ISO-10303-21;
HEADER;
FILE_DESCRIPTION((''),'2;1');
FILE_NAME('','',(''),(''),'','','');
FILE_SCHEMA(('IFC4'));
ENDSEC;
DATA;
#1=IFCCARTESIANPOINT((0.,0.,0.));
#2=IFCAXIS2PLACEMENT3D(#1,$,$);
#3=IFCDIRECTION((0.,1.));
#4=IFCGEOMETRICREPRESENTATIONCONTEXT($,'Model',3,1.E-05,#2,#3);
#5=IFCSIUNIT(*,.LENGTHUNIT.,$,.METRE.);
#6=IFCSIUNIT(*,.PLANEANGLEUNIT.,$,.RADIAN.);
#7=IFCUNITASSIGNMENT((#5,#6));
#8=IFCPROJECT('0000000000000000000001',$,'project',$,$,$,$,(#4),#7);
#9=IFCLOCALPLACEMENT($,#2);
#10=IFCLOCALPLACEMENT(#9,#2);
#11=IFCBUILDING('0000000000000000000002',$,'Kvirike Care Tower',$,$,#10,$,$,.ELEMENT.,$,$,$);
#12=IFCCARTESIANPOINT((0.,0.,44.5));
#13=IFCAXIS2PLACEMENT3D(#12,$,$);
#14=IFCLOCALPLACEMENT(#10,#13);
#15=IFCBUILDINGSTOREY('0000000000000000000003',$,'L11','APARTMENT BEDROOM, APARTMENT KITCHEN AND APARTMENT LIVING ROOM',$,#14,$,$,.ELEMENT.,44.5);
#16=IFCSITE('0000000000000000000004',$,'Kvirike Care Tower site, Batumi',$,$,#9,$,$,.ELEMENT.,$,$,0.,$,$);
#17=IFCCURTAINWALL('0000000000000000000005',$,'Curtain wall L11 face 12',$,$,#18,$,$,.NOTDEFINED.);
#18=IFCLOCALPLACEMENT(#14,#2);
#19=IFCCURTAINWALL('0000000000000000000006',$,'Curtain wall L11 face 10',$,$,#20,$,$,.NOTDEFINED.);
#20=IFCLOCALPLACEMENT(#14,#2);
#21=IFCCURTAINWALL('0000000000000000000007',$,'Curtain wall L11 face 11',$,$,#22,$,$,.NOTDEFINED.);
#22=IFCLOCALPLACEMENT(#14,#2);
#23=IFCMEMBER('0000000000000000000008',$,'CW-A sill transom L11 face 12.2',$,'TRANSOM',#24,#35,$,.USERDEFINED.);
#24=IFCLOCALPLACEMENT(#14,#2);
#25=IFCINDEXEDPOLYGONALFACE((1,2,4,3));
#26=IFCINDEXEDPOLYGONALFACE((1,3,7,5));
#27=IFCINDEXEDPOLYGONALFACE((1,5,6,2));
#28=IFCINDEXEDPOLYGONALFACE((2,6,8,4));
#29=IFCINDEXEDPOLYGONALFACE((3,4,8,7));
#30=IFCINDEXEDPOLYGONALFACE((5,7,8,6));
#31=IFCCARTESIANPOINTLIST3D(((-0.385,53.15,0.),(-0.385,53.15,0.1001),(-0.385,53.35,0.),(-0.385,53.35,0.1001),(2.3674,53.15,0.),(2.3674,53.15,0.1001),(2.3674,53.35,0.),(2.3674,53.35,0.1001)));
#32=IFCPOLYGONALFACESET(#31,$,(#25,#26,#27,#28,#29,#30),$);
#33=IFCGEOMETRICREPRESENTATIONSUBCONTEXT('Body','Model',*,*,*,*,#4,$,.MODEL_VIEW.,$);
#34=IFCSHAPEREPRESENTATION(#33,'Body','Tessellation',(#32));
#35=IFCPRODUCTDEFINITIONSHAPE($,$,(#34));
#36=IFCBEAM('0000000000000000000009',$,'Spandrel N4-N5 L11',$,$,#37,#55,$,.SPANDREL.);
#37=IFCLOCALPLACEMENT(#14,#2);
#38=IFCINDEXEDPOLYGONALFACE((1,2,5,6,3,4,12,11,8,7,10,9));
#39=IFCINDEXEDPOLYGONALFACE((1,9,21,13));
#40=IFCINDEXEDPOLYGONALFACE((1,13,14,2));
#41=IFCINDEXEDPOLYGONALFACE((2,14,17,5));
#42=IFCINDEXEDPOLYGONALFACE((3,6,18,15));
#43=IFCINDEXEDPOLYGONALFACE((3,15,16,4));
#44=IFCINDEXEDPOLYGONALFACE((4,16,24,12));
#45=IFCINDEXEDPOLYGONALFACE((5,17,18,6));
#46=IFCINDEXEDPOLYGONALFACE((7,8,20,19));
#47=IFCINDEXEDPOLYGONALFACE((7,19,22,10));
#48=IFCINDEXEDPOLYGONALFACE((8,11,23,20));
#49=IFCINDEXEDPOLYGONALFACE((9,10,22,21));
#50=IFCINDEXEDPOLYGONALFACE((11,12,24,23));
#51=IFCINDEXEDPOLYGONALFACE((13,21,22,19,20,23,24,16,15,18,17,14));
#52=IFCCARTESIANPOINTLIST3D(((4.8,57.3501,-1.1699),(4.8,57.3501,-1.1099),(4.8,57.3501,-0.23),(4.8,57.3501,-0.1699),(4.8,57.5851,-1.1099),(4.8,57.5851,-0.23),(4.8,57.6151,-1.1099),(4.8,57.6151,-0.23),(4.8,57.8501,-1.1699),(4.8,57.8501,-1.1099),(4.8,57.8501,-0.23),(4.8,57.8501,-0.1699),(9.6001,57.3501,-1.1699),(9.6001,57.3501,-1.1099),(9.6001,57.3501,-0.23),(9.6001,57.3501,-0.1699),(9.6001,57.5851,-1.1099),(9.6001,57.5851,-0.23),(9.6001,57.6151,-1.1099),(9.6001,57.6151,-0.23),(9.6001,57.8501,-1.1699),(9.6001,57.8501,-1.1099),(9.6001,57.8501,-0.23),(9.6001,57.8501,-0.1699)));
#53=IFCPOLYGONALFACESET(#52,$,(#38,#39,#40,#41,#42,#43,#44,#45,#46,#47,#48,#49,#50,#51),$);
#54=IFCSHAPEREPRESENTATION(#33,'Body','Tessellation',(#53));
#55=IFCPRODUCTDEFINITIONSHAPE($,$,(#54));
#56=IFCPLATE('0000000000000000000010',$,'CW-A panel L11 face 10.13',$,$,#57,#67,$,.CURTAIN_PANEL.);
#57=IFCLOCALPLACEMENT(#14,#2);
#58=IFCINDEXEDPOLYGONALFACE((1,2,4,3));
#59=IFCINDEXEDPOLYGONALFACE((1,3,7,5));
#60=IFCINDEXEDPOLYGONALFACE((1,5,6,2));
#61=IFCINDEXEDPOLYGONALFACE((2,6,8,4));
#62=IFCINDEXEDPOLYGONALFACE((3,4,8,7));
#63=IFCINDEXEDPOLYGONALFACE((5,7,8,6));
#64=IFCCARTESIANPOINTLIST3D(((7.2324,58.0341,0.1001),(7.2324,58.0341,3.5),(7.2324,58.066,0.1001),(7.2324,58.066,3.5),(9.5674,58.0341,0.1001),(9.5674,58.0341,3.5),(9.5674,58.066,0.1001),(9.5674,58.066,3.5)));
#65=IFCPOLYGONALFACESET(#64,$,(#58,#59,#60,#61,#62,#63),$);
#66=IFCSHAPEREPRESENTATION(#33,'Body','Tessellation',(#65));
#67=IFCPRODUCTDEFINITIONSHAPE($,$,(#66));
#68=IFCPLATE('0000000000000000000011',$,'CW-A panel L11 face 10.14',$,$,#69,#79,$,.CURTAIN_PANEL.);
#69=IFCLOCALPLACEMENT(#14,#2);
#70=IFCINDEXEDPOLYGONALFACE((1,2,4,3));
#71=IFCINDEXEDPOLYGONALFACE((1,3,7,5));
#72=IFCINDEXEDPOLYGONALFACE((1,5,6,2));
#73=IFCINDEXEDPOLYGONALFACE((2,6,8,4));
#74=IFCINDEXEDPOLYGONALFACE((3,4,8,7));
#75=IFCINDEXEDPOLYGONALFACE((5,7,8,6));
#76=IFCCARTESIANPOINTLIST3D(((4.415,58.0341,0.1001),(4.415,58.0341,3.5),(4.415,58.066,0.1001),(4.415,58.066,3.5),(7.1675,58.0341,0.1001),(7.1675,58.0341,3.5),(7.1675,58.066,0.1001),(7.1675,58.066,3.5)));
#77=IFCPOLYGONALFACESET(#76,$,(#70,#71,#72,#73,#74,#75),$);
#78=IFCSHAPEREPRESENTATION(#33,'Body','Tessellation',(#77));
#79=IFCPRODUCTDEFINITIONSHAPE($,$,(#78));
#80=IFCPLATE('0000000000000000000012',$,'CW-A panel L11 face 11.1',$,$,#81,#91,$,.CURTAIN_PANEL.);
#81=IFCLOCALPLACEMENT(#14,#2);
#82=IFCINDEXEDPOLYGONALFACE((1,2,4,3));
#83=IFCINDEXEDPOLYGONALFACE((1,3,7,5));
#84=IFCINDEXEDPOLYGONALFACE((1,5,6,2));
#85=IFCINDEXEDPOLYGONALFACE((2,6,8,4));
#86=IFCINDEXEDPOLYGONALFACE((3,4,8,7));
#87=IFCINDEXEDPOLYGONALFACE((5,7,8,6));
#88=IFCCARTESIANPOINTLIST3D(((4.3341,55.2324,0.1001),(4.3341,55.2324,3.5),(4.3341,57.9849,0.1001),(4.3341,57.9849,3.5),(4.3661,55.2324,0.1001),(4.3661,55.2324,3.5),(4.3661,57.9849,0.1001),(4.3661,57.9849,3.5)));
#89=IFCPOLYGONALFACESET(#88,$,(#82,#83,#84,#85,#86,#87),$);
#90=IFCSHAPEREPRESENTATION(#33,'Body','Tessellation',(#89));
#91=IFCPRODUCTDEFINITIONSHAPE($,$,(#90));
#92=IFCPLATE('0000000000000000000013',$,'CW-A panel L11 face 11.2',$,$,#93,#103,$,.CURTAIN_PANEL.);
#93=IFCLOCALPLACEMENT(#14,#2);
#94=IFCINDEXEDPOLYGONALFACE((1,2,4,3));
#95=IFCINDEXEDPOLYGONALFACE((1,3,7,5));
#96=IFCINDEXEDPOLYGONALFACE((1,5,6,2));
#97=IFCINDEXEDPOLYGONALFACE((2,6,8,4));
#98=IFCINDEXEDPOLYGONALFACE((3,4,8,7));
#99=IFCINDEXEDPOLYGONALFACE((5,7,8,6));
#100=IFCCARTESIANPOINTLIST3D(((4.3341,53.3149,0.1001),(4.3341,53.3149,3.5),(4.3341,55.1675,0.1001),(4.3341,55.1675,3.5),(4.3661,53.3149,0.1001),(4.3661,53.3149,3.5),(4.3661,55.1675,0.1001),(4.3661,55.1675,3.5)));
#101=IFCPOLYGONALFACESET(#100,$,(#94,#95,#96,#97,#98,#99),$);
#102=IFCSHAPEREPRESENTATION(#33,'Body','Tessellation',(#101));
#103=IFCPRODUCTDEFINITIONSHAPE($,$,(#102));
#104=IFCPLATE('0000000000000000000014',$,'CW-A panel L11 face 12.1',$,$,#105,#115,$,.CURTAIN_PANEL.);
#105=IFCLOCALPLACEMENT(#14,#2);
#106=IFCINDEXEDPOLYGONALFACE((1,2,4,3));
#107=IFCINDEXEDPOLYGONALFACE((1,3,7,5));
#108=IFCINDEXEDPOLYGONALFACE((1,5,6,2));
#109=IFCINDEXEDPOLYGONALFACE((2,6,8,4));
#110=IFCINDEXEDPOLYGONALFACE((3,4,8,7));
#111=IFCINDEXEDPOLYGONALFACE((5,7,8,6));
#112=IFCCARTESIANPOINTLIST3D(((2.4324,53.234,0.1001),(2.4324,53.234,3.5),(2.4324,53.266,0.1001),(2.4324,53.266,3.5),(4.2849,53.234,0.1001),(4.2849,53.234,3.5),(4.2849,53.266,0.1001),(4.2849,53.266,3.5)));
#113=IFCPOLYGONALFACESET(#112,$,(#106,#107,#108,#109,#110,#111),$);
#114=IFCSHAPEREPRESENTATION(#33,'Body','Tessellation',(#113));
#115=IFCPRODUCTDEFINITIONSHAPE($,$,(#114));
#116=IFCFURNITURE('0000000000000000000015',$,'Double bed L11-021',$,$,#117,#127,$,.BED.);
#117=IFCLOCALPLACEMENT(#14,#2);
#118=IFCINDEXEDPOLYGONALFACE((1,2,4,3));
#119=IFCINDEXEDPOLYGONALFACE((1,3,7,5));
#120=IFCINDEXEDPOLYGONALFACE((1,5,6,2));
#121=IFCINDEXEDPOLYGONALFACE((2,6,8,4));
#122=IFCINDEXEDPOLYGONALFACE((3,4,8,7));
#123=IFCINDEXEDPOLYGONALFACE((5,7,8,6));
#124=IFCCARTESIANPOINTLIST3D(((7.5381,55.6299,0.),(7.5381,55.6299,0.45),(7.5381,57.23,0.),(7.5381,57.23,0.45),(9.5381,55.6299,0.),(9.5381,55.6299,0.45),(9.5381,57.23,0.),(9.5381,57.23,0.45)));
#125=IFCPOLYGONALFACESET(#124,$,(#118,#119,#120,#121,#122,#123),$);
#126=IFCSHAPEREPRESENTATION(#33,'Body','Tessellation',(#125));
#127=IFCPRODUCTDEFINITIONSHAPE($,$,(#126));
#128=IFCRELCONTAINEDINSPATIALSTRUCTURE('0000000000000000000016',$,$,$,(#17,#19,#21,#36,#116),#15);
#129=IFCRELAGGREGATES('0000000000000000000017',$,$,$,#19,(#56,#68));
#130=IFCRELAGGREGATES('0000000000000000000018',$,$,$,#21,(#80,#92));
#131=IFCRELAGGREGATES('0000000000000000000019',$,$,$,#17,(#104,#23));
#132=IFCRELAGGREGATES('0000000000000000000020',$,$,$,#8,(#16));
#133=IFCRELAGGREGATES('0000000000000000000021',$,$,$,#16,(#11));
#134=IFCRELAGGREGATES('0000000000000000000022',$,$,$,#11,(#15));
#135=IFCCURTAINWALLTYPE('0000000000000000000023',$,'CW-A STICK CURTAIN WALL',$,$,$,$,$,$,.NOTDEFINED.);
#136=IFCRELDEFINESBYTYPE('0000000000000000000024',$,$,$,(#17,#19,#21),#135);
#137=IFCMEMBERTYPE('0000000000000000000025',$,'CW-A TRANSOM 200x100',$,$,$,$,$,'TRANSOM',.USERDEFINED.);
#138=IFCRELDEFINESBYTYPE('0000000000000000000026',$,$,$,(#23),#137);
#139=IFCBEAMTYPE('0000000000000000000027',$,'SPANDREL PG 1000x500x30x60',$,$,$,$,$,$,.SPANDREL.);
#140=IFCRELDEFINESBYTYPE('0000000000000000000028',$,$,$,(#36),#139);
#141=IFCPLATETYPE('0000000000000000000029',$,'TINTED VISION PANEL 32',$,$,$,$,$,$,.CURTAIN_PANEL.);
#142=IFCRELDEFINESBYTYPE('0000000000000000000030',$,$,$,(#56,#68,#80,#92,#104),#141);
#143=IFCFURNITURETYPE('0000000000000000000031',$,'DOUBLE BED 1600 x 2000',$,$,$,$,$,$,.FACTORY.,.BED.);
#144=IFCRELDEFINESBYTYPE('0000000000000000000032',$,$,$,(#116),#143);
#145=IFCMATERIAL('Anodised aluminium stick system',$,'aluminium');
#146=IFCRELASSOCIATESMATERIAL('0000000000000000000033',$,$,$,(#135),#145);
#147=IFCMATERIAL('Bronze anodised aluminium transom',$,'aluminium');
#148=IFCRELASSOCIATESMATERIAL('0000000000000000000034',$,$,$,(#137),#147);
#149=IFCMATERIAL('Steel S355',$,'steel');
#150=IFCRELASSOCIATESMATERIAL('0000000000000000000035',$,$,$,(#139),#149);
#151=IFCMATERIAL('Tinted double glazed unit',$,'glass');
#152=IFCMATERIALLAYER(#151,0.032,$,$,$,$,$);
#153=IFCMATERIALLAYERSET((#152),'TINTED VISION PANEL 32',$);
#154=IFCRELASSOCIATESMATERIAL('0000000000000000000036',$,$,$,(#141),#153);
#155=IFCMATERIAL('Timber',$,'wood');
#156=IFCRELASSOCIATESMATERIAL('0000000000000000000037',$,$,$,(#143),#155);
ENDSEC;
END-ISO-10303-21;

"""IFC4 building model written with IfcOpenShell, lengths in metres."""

from ifc_helpers import new_model, si_unit, direction, frame, origin, origin_2d, place, context, subcontext, project, spatial, rectangle, i_section, extrude, material, layer, layer_set, material_profile, profile_set, type_object, element, aggregate, save


model = new_model("IFC4")

# Units and contexts
model_context = context("Model", 3, precision=1e-05, world=origin(), true_north=direction((0.0, 1.0)))
body_context = subcontext(model_context, "Body", "Model", "MODEL_VIEW")
ifc_project = project(units=[si_unit("LENGTHUNIT", "METRE"), si_unit("PLANEANGLEUNIT", "RADIAN")], contexts=[model_context])

# Site, building, storey
site_placement = place(None, origin())
site = spatial("IfcSite", under=ifc_project, at=site_placement, Name="Kvirike Care Tower site, Batumi", CompositionType="ELEMENT", RefElevation=0.0)
building_placement = place(site_placement, origin())
building = spatial("IfcBuilding", under=site, at=building_placement, Name="Kvirike Care Tower", CompositionType="ELEMENT")
storey_placement = place(building_placement, frame((0.0, 0.0, 44.5)))
storey = spatial("IfcBuildingStorey", under=building, at=storey_placement, Name="L11", Description="APARTMENT BEDROOM, APARTMENT KITCHEN AND APARTMENT LIVING ROOM", CompositionType="ELEMENT", Elevation=44.5)

# Curtain wall
ifc_material_1 = material(Name="Anodised aluminium stick system", Category="aluminium")
curtain_wall_type = type_object("IfcCurtainWallType", Name="CW-A STICK CURTAIN WALL", PredefinedType="NOTDEFINED", material=ifc_material_1)
curtain_wall_1_placement = place(storey_placement, origin())
curtain_wall_1 = element("IfcCurtainWall", 1, at=curtain_wall_1_placement, inside=storey, type_object=curtain_wall_type, Name="Curtain wall L11 face 12", PredefinedType="NOTDEFINED")

# Curtain walls
curtain_wall_2_placement = place(storey_placement, origin())
curtain_wall_2 = element("IfcCurtainWall", 2, at=curtain_wall_2_placement, inside=storey, type_object=curtain_wall_type, Name="Curtain wall L11 face 10", PredefinedType="NOTDEFINED")
curtain_wall_3_placement = place(storey_placement, origin())
curtain_wall_3 = element("IfcCurtainWall", 3, at=curtain_wall_3_placement, inside=storey, type_object=curtain_wall_type, Name="Curtain wall L11 face 11", PredefinedType="NOTDEFINED")

# Member
ifc_material_2 = material(Name="Bronze anodised aluminium transom", Category="aluminium")
ifc_material_profile_1 = material_profile(ifc_material_2, rectangle(XDim=0.2, YDim=0.1001, at=origin_2d()), Name="CW-A TRANSOM 200x100")
ifc_profile_set_1 = profile_set([ifc_material_profile_1], Name="Bronze anodised aluminium transom")
member_type_1 = type_object("IfcMemberType", Name="CW-A TRANSOM 200x100", ElementType="TRANSOM", PredefinedType="USERDEFINED", material=ifc_profile_set_1)
member_1_placement = place(storey_placement, frame((2.3674, 53.25, 0.05), z_axis=(-1.0, 0.0, 0.0), x_axis=(0.0, -1.0, 0.0)))
member_1 = element("IfcMember", 4, at=member_1_placement, type_object=member_type_1, Name="CW-A sill transom L11 face 12.2", ObjectType="TRANSOM", PredefinedType="USERDEFINED", context=body_context, shape_type="SweptSolid", body=[
    extrude(rectangle(XDim=0.2, YDim=0.1001, at=origin_2d()), origin(), (0.0, 0.0, 1.0), 2.7524),
])

# Beam
ifc_material_3 = material(Name="Steel S355", Category="steel")
ifc_material_profile_2 = material_profile(ifc_material_3, i_section(OverallWidth=0.5, OverallDepth=1.0, WebThickness=0.03, FlangeThickness=0.0601, at=origin_2d()), Name="PG 1000x500x30x60")
ifc_profile_set_2 = profile_set([ifc_material_profile_2], Name="Steel S355")
beam_type = type_object("IfcBeamType", Name="SPANDREL PG 1000x500x30x60", PredefinedType="SPANDREL", material=ifc_profile_set_2)
beam_placement = place(storey_placement, frame((4.8, 57.6001, -0.6699), z_axis=(1.0, 0.0, 0.0), x_axis=(0.0, 1.0, 0.0)))
element("IfcBeam", 5, at=beam_placement, inside=storey, type_object=beam_type, Name="Spandrel N4-N5 L11", PredefinedType="SPANDREL", context=body_context, shape_type="SweptSolid", body=[
    extrude(i_section(OverallWidth=0.5, OverallDepth=1.0, WebThickness=0.03, FlangeThickness=0.0601, at=origin_2d()), origin(), (0.0, 0.0, 1.0), 4.8),
])

# Plates
ifc_material_4 = material(Name="Tinted double glazed unit", Category="glass")
ifc_layer = layer(ifc_material_4, 0.032)
ifc_layer_set = layer_set([ifc_layer], Name="TINTED VISION PANEL 32")
plate_type = type_object("IfcPlateType", Name="TINTED VISION PANEL 32", PredefinedType="CURTAIN_PANEL", material=ifc_layer_set)
plate_1_placement = place(storey_placement, frame((8.3999, 58.05, 0.1001), z_axis=(0.0, 0.0, 1.0), x_axis=(-1.0, 0.0, 0.0)))
plate_1 = element("IfcPlate", 6, at=plate_1_placement, type_object=plate_type, Name="CW-A panel L11 face 10.13", PredefinedType="CURTAIN_PANEL", context=body_context, shape_type="SweptSolid", body=[
    extrude(rectangle(XDim=2.335, YDim=0.032, at=origin_2d()), origin(), (0.0, 0.0, 1.0), 3.3999),
])
plate_2_placement = place(storey_placement, frame((5.7913, 58.05, 0.1001), z_axis=(0.0, 0.0, 1.0), x_axis=(-1.0, 0.0, 0.0)))
plate_2 = element("IfcPlate", 7, at=plate_2_placement, type_object=plate_type, Name="CW-A panel L11 face 10.14", PredefinedType="CURTAIN_PANEL", context=body_context, shape_type="SweptSolid", body=[
    extrude(rectangle(XDim=2.7524, YDim=0.032, at=origin_2d()), origin(), (0.0, 0.0, 1.0), 3.3999),
])
aggregate(curtain_wall_2, [plate_1, plate_2])
plate_3_placement = place(storey_placement, frame((4.3501, 56.6086, 0.1001), z_axis=(0.0, 0.0, 1.0), x_axis=(0.0, -1.0, 0.0)))
plate_3 = element("IfcPlate", 8, at=plate_3_placement, type_object=plate_type, Name="CW-A panel L11 face 11.1", PredefinedType="CURTAIN_PANEL", context=body_context, shape_type="SweptSolid", body=[
    extrude(rectangle(XDim=2.7524, YDim=0.032, at=origin_2d()), origin(), (0.0, 0.0, 1.0), 3.3999),
])
plate_4_placement = place(storey_placement, frame((4.3501, 54.2412, 0.1001), z_axis=(0.0, 0.0, 1.0), x_axis=(0.0, -1.0, 0.0)))
plate_4 = element("IfcPlate", 9, at=plate_4_placement, type_object=plate_type, Name="CW-A panel L11 face 11.2", PredefinedType="CURTAIN_PANEL", context=body_context, shape_type="SweptSolid", body=[
    extrude(rectangle(XDim=1.8525, YDim=0.032, at=origin_2d()), origin(), (0.0, 0.0, 1.0), 3.3999),
])
aggregate(curtain_wall_3, [plate_3, plate_4])
plate_5_placement = place(storey_placement, frame((3.3586, 53.25, 0.1001), z_axis=(0.0, 0.0, 1.0), x_axis=(-1.0, 0.0, 0.0)))
plate_5 = element("IfcPlate", 10, at=plate_5_placement, type_object=plate_type, Name="CW-A panel L11 face 12.1", PredefinedType="CURTAIN_PANEL", context=body_context, shape_type="SweptSolid", body=[
    extrude(rectangle(XDim=1.8525, YDim=0.032, at=origin_2d()), origin(), (0.0, 0.0, 1.0), 3.3999),
])
aggregate(curtain_wall_1, [plate_5, member_1])

# Furniture
ifc_material_5 = material(Name="Timber", Category="wood")
furniture_type = type_object("IfcFurnitureType", Name="DOUBLE BED 1600 x 2000", AssemblyPlace="FACTORY", PredefinedType="BED", material=ifc_material_5)
furniture_placement = place(storey_placement, frame((8.5381, 56.4299, 0.0), z_axis=(0.0, 0.0, 1.0), x_axis=(0.0, -1.0, 0.0)))
element("IfcFurniture", 11, at=furniture_placement, inside=storey, type_object=furniture_type, Name="Double bed L11-021", PredefinedType="BED", context=body_context, shape_type="SweptSolid", body=[
    extrude(rectangle(XDim=1.6001, YDim=2.0, at=origin_2d()), origin(), (0.0, 0.0, 1.0), 0.45),
])

save(model, "model.ifc")
